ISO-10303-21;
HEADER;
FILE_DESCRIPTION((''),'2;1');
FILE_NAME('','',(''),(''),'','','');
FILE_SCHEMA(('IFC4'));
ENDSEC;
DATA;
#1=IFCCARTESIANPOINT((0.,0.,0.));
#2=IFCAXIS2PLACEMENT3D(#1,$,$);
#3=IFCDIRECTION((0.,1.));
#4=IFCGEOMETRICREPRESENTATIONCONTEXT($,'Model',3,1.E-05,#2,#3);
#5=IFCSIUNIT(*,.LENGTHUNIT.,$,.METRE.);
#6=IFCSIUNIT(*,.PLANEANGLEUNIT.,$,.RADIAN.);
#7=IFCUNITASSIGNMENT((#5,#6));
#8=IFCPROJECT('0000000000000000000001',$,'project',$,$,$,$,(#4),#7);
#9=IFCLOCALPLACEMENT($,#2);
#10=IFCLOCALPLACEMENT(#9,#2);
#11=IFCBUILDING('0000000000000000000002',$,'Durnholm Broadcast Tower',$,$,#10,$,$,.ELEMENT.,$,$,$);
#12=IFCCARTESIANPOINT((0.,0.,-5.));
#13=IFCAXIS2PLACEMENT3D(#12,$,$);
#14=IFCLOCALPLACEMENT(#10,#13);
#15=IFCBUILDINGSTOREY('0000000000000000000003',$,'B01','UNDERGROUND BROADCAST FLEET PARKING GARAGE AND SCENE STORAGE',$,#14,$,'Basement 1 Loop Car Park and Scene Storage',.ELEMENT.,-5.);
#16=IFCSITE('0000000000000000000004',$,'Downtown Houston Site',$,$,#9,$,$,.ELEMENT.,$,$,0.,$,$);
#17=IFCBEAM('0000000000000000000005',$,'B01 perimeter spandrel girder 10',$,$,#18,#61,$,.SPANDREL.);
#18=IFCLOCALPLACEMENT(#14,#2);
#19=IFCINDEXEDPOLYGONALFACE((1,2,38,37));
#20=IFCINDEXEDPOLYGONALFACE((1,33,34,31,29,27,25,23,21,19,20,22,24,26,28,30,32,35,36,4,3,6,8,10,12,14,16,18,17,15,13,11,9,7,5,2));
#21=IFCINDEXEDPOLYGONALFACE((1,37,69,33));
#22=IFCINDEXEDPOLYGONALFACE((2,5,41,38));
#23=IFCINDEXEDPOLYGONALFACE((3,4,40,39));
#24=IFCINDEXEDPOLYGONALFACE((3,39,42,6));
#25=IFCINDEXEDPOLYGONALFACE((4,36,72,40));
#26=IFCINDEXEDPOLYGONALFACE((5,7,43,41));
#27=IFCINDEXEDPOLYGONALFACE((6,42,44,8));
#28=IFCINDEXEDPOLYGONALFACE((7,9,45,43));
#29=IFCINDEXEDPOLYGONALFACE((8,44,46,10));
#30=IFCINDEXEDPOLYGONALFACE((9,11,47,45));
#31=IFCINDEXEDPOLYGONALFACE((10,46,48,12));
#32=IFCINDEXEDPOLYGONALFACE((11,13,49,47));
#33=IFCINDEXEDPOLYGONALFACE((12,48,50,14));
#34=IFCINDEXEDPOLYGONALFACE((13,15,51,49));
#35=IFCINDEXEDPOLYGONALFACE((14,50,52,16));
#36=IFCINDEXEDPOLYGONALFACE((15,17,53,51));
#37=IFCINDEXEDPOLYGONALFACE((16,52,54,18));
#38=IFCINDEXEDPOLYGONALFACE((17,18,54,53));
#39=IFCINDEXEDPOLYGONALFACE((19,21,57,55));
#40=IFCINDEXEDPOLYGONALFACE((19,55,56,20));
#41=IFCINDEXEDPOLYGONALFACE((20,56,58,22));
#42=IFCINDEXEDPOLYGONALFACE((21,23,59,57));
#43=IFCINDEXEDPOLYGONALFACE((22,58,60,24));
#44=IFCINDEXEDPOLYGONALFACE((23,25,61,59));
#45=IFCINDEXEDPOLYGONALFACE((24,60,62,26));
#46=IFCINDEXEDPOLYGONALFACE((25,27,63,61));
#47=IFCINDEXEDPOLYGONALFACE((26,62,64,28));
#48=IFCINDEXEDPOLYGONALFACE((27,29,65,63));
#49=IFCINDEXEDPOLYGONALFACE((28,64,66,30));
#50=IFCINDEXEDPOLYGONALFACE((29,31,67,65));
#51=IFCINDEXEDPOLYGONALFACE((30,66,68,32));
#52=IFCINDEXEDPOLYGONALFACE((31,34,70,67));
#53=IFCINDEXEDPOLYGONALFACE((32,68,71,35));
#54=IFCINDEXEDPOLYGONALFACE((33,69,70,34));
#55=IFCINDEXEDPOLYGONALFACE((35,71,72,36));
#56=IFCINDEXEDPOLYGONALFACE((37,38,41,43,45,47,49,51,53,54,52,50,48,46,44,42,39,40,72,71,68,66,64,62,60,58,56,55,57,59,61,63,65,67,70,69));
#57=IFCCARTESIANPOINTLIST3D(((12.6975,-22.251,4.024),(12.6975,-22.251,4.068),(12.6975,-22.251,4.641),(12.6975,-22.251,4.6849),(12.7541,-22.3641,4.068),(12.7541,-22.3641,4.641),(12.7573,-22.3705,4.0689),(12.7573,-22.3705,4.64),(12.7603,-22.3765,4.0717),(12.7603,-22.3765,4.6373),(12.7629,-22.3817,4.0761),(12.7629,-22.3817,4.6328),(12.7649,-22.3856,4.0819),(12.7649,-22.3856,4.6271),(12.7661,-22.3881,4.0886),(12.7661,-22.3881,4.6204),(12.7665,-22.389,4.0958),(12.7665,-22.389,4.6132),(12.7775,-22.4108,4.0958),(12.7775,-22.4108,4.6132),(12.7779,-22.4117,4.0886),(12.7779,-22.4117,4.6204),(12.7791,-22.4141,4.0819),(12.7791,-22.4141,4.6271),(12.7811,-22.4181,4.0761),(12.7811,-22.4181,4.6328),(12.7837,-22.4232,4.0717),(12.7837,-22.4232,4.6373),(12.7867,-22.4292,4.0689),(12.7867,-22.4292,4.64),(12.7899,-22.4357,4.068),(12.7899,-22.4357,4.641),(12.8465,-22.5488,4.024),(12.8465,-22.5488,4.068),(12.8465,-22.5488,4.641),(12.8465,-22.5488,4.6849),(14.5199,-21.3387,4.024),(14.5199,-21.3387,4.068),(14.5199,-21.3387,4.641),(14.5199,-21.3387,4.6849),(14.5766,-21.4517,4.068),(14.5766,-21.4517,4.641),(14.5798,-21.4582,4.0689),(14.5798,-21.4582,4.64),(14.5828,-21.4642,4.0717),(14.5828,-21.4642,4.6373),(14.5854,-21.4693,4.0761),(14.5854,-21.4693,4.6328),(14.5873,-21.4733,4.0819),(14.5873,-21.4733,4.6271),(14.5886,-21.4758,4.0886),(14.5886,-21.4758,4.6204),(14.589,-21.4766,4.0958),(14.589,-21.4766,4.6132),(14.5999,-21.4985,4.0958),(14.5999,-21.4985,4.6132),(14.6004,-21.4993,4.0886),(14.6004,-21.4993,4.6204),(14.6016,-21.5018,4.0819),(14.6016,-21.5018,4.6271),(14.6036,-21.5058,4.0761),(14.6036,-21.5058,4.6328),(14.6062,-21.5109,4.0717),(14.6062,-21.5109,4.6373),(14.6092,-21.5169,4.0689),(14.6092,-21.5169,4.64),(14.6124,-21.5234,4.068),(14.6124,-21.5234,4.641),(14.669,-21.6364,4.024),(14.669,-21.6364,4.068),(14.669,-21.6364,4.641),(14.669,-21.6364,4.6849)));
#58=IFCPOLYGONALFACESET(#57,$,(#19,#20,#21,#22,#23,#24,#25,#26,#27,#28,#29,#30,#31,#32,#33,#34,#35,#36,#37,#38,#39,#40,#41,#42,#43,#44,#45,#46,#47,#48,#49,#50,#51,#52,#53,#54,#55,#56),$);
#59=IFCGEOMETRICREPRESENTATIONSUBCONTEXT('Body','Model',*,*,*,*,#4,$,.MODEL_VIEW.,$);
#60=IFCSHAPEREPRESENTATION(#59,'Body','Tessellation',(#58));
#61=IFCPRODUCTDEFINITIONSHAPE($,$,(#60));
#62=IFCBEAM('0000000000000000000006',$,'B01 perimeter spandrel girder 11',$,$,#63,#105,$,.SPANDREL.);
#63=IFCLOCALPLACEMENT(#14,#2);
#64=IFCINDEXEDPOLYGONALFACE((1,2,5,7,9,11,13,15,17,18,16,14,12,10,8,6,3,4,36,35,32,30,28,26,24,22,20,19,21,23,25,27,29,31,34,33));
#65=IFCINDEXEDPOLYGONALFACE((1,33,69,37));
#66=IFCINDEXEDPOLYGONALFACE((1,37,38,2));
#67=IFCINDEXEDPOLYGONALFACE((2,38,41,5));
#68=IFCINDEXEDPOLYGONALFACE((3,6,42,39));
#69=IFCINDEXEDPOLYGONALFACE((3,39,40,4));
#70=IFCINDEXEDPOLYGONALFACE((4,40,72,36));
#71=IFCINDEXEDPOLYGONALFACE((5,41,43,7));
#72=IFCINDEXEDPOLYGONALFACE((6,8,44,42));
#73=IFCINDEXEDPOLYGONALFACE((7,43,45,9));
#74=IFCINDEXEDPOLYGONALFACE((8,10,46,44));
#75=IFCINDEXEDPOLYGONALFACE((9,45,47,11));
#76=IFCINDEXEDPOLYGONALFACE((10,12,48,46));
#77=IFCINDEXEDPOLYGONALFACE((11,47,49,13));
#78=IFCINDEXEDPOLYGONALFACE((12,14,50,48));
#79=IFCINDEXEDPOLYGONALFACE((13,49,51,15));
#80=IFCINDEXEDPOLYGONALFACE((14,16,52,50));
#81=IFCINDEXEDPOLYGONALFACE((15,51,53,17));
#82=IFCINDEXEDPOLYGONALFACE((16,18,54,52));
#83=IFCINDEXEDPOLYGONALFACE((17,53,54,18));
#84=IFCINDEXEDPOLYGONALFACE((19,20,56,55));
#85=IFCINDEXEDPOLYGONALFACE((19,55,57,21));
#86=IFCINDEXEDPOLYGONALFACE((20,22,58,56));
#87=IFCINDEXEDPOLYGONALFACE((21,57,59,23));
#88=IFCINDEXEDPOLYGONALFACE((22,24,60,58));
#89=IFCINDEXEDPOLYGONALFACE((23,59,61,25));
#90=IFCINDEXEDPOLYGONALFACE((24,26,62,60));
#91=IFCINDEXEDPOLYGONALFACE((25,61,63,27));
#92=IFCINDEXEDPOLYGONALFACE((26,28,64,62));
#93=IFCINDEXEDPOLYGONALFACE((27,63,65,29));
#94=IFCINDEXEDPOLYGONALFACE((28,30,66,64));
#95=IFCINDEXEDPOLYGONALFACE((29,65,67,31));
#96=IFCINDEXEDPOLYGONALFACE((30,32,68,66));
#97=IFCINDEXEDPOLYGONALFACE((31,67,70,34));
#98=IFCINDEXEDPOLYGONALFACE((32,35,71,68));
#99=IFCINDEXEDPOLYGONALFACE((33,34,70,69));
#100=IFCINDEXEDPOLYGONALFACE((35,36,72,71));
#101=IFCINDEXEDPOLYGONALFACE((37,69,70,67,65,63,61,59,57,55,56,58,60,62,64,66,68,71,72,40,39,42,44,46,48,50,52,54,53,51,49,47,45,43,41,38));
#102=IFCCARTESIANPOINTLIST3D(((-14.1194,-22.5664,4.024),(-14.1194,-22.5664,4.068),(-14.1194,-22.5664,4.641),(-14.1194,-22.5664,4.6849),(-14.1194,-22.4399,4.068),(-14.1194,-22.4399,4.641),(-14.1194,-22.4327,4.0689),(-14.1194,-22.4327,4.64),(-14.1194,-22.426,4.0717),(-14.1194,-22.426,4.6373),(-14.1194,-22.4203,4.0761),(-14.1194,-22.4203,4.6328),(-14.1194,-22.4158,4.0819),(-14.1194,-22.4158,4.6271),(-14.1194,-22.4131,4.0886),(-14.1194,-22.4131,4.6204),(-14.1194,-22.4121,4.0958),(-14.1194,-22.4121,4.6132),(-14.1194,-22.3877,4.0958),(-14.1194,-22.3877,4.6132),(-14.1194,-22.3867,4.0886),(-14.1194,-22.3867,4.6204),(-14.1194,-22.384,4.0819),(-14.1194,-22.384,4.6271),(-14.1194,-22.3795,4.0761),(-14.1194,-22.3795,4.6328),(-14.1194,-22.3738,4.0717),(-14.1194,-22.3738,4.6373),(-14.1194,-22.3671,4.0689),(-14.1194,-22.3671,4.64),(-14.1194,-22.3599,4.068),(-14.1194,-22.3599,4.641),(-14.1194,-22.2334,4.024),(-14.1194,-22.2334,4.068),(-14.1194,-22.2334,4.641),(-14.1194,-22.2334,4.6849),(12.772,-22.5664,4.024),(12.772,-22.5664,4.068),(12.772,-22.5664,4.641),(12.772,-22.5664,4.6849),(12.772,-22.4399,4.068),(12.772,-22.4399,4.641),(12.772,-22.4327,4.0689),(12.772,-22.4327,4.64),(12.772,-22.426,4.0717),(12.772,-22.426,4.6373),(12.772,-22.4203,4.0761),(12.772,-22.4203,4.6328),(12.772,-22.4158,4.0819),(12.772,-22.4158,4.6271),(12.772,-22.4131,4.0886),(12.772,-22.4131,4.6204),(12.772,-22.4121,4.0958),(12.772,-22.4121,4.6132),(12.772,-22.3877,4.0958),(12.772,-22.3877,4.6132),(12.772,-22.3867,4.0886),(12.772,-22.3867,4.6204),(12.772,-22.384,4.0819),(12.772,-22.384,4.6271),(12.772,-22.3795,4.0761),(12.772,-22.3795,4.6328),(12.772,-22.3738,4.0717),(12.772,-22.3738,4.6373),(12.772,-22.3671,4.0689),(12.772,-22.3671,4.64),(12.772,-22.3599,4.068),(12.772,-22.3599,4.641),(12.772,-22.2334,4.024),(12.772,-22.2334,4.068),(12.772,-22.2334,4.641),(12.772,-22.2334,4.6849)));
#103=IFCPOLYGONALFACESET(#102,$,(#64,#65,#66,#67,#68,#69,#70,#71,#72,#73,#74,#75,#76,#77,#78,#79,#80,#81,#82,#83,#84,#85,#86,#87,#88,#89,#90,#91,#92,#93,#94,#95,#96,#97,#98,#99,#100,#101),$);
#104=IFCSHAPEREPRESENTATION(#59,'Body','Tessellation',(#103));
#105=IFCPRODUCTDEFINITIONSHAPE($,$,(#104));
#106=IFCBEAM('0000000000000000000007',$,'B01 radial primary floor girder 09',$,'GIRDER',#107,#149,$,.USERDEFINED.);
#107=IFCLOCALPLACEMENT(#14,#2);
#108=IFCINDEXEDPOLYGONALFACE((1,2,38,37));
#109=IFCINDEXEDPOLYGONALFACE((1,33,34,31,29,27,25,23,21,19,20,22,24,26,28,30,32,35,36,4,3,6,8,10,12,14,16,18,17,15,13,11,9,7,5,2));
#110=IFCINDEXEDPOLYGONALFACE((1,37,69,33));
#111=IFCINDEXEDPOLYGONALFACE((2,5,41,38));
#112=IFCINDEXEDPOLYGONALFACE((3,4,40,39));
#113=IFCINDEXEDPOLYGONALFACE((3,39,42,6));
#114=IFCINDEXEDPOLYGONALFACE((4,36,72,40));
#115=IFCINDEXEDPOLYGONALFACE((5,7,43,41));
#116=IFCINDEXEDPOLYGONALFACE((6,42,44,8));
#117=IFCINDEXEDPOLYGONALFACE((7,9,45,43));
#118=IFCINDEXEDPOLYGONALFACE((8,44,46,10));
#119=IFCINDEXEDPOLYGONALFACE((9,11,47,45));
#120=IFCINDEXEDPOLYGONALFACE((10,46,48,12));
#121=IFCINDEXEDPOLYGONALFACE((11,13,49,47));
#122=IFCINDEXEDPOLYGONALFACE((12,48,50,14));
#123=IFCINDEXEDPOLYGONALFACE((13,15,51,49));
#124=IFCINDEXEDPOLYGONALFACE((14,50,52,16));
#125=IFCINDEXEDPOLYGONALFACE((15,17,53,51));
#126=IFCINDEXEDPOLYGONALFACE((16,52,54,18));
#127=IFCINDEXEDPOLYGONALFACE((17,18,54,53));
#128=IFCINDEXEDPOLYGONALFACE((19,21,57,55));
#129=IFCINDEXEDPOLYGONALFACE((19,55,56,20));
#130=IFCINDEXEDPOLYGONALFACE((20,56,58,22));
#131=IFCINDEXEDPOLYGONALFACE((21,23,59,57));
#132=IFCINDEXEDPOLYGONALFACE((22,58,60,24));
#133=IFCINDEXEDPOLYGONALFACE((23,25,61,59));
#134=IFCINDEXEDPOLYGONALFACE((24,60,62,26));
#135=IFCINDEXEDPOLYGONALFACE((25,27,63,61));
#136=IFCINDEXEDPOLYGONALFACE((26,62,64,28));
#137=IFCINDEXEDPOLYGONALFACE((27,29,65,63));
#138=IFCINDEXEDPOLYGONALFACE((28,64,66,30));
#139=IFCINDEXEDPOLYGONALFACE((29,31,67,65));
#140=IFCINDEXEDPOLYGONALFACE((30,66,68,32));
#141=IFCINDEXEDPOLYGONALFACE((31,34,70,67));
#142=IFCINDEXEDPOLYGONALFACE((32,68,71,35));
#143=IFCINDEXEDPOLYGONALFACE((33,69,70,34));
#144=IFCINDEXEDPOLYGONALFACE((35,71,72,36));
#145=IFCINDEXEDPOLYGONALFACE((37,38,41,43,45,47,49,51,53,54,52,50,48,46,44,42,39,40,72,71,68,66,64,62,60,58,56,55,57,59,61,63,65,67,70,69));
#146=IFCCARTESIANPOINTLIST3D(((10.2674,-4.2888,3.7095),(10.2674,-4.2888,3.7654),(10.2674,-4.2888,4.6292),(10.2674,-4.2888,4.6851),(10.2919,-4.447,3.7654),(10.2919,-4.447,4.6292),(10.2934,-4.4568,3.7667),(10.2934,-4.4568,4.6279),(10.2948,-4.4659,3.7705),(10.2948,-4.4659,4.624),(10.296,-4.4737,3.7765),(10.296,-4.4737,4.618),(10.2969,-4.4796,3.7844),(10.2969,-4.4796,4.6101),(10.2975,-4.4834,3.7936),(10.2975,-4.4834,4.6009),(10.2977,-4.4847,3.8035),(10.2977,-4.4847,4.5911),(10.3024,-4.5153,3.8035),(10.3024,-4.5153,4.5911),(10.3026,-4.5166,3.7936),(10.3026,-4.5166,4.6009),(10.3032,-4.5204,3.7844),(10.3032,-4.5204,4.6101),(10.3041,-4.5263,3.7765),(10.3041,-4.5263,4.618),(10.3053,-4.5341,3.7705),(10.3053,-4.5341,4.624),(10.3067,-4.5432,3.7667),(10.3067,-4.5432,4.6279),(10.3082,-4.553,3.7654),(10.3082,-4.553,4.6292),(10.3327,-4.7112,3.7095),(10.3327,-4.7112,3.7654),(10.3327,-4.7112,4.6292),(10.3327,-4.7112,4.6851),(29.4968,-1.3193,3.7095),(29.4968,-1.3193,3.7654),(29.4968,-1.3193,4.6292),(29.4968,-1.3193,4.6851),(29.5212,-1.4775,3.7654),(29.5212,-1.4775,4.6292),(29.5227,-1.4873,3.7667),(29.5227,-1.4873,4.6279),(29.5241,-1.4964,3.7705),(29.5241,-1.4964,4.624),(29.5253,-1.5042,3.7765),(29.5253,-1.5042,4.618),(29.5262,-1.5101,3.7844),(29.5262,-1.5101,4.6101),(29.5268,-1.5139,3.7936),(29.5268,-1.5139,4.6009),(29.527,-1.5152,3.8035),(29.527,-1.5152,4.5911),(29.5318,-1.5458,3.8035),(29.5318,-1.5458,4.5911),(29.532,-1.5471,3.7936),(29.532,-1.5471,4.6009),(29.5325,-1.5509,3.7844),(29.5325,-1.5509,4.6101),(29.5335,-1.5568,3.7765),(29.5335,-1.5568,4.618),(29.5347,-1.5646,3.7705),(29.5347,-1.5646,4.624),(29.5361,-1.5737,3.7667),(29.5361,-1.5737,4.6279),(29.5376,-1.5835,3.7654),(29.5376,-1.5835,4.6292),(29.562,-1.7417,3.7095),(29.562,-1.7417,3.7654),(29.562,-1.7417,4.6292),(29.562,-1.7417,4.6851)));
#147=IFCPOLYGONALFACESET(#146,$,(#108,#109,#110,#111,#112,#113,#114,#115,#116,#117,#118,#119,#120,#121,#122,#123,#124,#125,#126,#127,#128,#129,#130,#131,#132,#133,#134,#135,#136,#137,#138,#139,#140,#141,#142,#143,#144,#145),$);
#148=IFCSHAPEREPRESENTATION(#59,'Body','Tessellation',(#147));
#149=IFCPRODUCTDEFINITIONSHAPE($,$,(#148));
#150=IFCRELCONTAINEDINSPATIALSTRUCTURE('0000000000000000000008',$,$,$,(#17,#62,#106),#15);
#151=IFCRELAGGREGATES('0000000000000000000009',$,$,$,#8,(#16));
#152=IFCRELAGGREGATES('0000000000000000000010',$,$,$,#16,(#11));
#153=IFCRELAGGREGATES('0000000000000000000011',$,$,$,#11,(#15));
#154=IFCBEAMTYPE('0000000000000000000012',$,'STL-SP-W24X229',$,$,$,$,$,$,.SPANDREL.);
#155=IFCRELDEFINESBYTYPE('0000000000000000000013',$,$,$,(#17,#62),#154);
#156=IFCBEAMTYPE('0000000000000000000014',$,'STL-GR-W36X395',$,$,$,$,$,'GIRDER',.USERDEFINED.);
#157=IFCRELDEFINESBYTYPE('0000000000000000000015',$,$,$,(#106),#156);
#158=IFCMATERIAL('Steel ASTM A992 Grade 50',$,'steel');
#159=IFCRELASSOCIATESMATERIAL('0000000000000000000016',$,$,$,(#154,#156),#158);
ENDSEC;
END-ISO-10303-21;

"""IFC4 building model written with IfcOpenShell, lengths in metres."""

from ifc_helpers import new_model, si_unit, direction, frame, origin, origin_2d, place, context, subcontext, project, spatial, i_section, extrude, source, transform, mapped, material, material_profile, profile_set, type_object, type_shapes, element, save


model = new_model("IFC4")

# Units and contexts
model_context = context("Model", 3, precision=1e-05, world=origin(), true_north=direction((0.0, 1.0)))
body_context = subcontext(model_context, "Body", "Model", "MODEL_VIEW")
ifc_project = project(units=[si_unit("LENGTHUNIT", "METRE"), si_unit("PLANEANGLEUNIT", "RADIAN")], contexts=[model_context])

# Site, building, storey
site_placement = place(None, origin())
site = spatial("IfcSite", under=ifc_project, at=site_placement, Name="Downtown Houston Site", CompositionType="ELEMENT", RefElevation=0.0)
building_placement = place(site_placement, origin())
building = spatial("IfcBuilding", under=site, at=building_placement, Name="Durnholm Broadcast Tower", CompositionType="ELEMENT")
storey_placement = place(building_placement, frame((0.0, 0.0, -5.0)))
storey = spatial("IfcBuildingStorey", under=building, at=storey_placement, Name="B01", Description="UNDERGROUND BROADCAST FLEET PARKING GARAGE AND SCENE STORAGE", LongName="Basement 1 Loop Car Park and Scene Storage", CompositionType="ELEMENT", Elevation=-5.0)

# Beams
ifc_material_1 = material(Name="Steel ASTM A992 Grade 50", Category="steel")
ifc_material_profile_1 = material_profile(ifc_material_1, i_section(OverallWidth=0.333, OverallDepth=0.6609, WebThickness=0.0244, FlangeThickness=0.0439, FilletRadius=0.0278, at=origin_2d()), Name="W24X229")
ifc_profile_set_1 = profile_set([ifc_material_profile_1], Name="Steel ASTM A992 Grade 50")
beam_type_1 = type_object("IfcBeamType", Name="STL-SP-W24X229", PredefinedType="SPANDREL", material=ifc_profile_set_1)
shared_shape_1 = source(origin(), body_context, "Body", "SweptSolid", [
    extrude(i_section(OverallWidth=0.333, OverallDepth=0.6609, WebThickness=0.0244, FlangeThickness=0.0439, FilletRadius=0.0278, at=origin_2d()), origin(), (0.0, 0.0, 1.0), 2.0381),
])
beam_1_placement = place(storey_placement, frame((14.5945, -21.4875, 4.3545), z_axis=(-0.894211, -0.447645, 0.0), x_axis=(0.447645, -0.894211, 0.0)))
element("IfcBeam", 1, at=beam_1_placement, inside=storey, type_object=beam_type_1, Name="B01 perimeter spandrel girder 10", PredefinedType="SPANDREL", context=body_context, shape_type="MappedRepresentation", body=[
    mapped(shared_shape_1, transform((0.0, 0.0, 0.0), x_axis=(1.0, 0.0, 0.0), y_axis=(0.0, 1.0, 0.0), z_axis=(0.0, 0.0, 1.0), scale=1.0)),
])
shared_shape_2 = source(origin(), body_context, "Body", "SweptSolid", [
    extrude(i_section(OverallWidth=0.333, OverallDepth=0.6609, WebThickness=0.0244, FlangeThickness=0.0439, FilletRadius=0.0278, at=origin_2d()), origin(), (0.0, 0.0, 1.0), 26.8914),
])
beam_2_placement = place(storey_placement, frame((12.772, -22.3999, 4.3545), z_axis=(-1.0, 0.0, 0.0), x_axis=(0.0, -1.0, 0.0)))
element("IfcBeam", 2, at=beam_2_placement, inside=storey, type_object=beam_type_1, Name="B01 perimeter spandrel girder 11", PredefinedType="SPANDREL", context=body_context, shape_type="MappedRepresentation", body=[
    mapped(shared_shape_2, transform((0.0, 0.0, 0.0), x_axis=(1.0, 0.0, 0.0), y_axis=(0.0, 1.0, 0.0), z_axis=(0.0, 0.0, 1.0), scale=1.0)),
])
ifc_material_profile_2 = material_profile(ifc_material_1, i_section(OverallWidth=0.4275, OverallDepth=0.9756, WebThickness=0.031, FlangeThickness=0.0559, FilletRadius=0.0381, at=origin_2d()), Name="W36X395")
ifc_profile_set_2 = profile_set([ifc_material_profile_2], Name="Steel ASTM A992 Grade 50")
beam_type_2 = type_object("IfcBeamType", Name="STL-GR-W36X395", ElementType="GIRDER", PredefinedType="USERDEFINED", material=ifc_profile_set_2)
shared_shape_3 = source(origin(), body_context, "Body", "SweptSolid", [
    extrude(i_section(OverallWidth=0.4275, OverallDepth=0.9756, WebThickness=0.031, FlangeThickness=0.0559, FilletRadius=0.0381, at=origin_2d()), origin(), (0.0, 0.0, 1.0), 19.4573),
])
type_shapes(beam_type_2, [shared_shape_3])
beam_3_placement = place(storey_placement, frame((10.3, -4.5, 4.1973), z_axis=(0.988286, 0.152616, 0.0), x_axis=(-0.152616, 0.988286, 0.0)))
element("IfcBeam", 3, at=beam_3_placement, inside=storey, type_object=beam_type_2, Name="B01 radial primary floor girder 09", ObjectType="GIRDER", PredefinedType="USERDEFINED", context=body_context, shape_type="MappedRepresentation", body=[
    mapped(shared_shape_3, transform((0.0, 0.0, 0.0), x_axis=(1.0, 0.0, 0.0), y_axis=(0.0, 1.0, 0.0), z_axis=(0.0, 0.0, 1.0), scale=1.0)),
])

save(model, "model.ifc")
